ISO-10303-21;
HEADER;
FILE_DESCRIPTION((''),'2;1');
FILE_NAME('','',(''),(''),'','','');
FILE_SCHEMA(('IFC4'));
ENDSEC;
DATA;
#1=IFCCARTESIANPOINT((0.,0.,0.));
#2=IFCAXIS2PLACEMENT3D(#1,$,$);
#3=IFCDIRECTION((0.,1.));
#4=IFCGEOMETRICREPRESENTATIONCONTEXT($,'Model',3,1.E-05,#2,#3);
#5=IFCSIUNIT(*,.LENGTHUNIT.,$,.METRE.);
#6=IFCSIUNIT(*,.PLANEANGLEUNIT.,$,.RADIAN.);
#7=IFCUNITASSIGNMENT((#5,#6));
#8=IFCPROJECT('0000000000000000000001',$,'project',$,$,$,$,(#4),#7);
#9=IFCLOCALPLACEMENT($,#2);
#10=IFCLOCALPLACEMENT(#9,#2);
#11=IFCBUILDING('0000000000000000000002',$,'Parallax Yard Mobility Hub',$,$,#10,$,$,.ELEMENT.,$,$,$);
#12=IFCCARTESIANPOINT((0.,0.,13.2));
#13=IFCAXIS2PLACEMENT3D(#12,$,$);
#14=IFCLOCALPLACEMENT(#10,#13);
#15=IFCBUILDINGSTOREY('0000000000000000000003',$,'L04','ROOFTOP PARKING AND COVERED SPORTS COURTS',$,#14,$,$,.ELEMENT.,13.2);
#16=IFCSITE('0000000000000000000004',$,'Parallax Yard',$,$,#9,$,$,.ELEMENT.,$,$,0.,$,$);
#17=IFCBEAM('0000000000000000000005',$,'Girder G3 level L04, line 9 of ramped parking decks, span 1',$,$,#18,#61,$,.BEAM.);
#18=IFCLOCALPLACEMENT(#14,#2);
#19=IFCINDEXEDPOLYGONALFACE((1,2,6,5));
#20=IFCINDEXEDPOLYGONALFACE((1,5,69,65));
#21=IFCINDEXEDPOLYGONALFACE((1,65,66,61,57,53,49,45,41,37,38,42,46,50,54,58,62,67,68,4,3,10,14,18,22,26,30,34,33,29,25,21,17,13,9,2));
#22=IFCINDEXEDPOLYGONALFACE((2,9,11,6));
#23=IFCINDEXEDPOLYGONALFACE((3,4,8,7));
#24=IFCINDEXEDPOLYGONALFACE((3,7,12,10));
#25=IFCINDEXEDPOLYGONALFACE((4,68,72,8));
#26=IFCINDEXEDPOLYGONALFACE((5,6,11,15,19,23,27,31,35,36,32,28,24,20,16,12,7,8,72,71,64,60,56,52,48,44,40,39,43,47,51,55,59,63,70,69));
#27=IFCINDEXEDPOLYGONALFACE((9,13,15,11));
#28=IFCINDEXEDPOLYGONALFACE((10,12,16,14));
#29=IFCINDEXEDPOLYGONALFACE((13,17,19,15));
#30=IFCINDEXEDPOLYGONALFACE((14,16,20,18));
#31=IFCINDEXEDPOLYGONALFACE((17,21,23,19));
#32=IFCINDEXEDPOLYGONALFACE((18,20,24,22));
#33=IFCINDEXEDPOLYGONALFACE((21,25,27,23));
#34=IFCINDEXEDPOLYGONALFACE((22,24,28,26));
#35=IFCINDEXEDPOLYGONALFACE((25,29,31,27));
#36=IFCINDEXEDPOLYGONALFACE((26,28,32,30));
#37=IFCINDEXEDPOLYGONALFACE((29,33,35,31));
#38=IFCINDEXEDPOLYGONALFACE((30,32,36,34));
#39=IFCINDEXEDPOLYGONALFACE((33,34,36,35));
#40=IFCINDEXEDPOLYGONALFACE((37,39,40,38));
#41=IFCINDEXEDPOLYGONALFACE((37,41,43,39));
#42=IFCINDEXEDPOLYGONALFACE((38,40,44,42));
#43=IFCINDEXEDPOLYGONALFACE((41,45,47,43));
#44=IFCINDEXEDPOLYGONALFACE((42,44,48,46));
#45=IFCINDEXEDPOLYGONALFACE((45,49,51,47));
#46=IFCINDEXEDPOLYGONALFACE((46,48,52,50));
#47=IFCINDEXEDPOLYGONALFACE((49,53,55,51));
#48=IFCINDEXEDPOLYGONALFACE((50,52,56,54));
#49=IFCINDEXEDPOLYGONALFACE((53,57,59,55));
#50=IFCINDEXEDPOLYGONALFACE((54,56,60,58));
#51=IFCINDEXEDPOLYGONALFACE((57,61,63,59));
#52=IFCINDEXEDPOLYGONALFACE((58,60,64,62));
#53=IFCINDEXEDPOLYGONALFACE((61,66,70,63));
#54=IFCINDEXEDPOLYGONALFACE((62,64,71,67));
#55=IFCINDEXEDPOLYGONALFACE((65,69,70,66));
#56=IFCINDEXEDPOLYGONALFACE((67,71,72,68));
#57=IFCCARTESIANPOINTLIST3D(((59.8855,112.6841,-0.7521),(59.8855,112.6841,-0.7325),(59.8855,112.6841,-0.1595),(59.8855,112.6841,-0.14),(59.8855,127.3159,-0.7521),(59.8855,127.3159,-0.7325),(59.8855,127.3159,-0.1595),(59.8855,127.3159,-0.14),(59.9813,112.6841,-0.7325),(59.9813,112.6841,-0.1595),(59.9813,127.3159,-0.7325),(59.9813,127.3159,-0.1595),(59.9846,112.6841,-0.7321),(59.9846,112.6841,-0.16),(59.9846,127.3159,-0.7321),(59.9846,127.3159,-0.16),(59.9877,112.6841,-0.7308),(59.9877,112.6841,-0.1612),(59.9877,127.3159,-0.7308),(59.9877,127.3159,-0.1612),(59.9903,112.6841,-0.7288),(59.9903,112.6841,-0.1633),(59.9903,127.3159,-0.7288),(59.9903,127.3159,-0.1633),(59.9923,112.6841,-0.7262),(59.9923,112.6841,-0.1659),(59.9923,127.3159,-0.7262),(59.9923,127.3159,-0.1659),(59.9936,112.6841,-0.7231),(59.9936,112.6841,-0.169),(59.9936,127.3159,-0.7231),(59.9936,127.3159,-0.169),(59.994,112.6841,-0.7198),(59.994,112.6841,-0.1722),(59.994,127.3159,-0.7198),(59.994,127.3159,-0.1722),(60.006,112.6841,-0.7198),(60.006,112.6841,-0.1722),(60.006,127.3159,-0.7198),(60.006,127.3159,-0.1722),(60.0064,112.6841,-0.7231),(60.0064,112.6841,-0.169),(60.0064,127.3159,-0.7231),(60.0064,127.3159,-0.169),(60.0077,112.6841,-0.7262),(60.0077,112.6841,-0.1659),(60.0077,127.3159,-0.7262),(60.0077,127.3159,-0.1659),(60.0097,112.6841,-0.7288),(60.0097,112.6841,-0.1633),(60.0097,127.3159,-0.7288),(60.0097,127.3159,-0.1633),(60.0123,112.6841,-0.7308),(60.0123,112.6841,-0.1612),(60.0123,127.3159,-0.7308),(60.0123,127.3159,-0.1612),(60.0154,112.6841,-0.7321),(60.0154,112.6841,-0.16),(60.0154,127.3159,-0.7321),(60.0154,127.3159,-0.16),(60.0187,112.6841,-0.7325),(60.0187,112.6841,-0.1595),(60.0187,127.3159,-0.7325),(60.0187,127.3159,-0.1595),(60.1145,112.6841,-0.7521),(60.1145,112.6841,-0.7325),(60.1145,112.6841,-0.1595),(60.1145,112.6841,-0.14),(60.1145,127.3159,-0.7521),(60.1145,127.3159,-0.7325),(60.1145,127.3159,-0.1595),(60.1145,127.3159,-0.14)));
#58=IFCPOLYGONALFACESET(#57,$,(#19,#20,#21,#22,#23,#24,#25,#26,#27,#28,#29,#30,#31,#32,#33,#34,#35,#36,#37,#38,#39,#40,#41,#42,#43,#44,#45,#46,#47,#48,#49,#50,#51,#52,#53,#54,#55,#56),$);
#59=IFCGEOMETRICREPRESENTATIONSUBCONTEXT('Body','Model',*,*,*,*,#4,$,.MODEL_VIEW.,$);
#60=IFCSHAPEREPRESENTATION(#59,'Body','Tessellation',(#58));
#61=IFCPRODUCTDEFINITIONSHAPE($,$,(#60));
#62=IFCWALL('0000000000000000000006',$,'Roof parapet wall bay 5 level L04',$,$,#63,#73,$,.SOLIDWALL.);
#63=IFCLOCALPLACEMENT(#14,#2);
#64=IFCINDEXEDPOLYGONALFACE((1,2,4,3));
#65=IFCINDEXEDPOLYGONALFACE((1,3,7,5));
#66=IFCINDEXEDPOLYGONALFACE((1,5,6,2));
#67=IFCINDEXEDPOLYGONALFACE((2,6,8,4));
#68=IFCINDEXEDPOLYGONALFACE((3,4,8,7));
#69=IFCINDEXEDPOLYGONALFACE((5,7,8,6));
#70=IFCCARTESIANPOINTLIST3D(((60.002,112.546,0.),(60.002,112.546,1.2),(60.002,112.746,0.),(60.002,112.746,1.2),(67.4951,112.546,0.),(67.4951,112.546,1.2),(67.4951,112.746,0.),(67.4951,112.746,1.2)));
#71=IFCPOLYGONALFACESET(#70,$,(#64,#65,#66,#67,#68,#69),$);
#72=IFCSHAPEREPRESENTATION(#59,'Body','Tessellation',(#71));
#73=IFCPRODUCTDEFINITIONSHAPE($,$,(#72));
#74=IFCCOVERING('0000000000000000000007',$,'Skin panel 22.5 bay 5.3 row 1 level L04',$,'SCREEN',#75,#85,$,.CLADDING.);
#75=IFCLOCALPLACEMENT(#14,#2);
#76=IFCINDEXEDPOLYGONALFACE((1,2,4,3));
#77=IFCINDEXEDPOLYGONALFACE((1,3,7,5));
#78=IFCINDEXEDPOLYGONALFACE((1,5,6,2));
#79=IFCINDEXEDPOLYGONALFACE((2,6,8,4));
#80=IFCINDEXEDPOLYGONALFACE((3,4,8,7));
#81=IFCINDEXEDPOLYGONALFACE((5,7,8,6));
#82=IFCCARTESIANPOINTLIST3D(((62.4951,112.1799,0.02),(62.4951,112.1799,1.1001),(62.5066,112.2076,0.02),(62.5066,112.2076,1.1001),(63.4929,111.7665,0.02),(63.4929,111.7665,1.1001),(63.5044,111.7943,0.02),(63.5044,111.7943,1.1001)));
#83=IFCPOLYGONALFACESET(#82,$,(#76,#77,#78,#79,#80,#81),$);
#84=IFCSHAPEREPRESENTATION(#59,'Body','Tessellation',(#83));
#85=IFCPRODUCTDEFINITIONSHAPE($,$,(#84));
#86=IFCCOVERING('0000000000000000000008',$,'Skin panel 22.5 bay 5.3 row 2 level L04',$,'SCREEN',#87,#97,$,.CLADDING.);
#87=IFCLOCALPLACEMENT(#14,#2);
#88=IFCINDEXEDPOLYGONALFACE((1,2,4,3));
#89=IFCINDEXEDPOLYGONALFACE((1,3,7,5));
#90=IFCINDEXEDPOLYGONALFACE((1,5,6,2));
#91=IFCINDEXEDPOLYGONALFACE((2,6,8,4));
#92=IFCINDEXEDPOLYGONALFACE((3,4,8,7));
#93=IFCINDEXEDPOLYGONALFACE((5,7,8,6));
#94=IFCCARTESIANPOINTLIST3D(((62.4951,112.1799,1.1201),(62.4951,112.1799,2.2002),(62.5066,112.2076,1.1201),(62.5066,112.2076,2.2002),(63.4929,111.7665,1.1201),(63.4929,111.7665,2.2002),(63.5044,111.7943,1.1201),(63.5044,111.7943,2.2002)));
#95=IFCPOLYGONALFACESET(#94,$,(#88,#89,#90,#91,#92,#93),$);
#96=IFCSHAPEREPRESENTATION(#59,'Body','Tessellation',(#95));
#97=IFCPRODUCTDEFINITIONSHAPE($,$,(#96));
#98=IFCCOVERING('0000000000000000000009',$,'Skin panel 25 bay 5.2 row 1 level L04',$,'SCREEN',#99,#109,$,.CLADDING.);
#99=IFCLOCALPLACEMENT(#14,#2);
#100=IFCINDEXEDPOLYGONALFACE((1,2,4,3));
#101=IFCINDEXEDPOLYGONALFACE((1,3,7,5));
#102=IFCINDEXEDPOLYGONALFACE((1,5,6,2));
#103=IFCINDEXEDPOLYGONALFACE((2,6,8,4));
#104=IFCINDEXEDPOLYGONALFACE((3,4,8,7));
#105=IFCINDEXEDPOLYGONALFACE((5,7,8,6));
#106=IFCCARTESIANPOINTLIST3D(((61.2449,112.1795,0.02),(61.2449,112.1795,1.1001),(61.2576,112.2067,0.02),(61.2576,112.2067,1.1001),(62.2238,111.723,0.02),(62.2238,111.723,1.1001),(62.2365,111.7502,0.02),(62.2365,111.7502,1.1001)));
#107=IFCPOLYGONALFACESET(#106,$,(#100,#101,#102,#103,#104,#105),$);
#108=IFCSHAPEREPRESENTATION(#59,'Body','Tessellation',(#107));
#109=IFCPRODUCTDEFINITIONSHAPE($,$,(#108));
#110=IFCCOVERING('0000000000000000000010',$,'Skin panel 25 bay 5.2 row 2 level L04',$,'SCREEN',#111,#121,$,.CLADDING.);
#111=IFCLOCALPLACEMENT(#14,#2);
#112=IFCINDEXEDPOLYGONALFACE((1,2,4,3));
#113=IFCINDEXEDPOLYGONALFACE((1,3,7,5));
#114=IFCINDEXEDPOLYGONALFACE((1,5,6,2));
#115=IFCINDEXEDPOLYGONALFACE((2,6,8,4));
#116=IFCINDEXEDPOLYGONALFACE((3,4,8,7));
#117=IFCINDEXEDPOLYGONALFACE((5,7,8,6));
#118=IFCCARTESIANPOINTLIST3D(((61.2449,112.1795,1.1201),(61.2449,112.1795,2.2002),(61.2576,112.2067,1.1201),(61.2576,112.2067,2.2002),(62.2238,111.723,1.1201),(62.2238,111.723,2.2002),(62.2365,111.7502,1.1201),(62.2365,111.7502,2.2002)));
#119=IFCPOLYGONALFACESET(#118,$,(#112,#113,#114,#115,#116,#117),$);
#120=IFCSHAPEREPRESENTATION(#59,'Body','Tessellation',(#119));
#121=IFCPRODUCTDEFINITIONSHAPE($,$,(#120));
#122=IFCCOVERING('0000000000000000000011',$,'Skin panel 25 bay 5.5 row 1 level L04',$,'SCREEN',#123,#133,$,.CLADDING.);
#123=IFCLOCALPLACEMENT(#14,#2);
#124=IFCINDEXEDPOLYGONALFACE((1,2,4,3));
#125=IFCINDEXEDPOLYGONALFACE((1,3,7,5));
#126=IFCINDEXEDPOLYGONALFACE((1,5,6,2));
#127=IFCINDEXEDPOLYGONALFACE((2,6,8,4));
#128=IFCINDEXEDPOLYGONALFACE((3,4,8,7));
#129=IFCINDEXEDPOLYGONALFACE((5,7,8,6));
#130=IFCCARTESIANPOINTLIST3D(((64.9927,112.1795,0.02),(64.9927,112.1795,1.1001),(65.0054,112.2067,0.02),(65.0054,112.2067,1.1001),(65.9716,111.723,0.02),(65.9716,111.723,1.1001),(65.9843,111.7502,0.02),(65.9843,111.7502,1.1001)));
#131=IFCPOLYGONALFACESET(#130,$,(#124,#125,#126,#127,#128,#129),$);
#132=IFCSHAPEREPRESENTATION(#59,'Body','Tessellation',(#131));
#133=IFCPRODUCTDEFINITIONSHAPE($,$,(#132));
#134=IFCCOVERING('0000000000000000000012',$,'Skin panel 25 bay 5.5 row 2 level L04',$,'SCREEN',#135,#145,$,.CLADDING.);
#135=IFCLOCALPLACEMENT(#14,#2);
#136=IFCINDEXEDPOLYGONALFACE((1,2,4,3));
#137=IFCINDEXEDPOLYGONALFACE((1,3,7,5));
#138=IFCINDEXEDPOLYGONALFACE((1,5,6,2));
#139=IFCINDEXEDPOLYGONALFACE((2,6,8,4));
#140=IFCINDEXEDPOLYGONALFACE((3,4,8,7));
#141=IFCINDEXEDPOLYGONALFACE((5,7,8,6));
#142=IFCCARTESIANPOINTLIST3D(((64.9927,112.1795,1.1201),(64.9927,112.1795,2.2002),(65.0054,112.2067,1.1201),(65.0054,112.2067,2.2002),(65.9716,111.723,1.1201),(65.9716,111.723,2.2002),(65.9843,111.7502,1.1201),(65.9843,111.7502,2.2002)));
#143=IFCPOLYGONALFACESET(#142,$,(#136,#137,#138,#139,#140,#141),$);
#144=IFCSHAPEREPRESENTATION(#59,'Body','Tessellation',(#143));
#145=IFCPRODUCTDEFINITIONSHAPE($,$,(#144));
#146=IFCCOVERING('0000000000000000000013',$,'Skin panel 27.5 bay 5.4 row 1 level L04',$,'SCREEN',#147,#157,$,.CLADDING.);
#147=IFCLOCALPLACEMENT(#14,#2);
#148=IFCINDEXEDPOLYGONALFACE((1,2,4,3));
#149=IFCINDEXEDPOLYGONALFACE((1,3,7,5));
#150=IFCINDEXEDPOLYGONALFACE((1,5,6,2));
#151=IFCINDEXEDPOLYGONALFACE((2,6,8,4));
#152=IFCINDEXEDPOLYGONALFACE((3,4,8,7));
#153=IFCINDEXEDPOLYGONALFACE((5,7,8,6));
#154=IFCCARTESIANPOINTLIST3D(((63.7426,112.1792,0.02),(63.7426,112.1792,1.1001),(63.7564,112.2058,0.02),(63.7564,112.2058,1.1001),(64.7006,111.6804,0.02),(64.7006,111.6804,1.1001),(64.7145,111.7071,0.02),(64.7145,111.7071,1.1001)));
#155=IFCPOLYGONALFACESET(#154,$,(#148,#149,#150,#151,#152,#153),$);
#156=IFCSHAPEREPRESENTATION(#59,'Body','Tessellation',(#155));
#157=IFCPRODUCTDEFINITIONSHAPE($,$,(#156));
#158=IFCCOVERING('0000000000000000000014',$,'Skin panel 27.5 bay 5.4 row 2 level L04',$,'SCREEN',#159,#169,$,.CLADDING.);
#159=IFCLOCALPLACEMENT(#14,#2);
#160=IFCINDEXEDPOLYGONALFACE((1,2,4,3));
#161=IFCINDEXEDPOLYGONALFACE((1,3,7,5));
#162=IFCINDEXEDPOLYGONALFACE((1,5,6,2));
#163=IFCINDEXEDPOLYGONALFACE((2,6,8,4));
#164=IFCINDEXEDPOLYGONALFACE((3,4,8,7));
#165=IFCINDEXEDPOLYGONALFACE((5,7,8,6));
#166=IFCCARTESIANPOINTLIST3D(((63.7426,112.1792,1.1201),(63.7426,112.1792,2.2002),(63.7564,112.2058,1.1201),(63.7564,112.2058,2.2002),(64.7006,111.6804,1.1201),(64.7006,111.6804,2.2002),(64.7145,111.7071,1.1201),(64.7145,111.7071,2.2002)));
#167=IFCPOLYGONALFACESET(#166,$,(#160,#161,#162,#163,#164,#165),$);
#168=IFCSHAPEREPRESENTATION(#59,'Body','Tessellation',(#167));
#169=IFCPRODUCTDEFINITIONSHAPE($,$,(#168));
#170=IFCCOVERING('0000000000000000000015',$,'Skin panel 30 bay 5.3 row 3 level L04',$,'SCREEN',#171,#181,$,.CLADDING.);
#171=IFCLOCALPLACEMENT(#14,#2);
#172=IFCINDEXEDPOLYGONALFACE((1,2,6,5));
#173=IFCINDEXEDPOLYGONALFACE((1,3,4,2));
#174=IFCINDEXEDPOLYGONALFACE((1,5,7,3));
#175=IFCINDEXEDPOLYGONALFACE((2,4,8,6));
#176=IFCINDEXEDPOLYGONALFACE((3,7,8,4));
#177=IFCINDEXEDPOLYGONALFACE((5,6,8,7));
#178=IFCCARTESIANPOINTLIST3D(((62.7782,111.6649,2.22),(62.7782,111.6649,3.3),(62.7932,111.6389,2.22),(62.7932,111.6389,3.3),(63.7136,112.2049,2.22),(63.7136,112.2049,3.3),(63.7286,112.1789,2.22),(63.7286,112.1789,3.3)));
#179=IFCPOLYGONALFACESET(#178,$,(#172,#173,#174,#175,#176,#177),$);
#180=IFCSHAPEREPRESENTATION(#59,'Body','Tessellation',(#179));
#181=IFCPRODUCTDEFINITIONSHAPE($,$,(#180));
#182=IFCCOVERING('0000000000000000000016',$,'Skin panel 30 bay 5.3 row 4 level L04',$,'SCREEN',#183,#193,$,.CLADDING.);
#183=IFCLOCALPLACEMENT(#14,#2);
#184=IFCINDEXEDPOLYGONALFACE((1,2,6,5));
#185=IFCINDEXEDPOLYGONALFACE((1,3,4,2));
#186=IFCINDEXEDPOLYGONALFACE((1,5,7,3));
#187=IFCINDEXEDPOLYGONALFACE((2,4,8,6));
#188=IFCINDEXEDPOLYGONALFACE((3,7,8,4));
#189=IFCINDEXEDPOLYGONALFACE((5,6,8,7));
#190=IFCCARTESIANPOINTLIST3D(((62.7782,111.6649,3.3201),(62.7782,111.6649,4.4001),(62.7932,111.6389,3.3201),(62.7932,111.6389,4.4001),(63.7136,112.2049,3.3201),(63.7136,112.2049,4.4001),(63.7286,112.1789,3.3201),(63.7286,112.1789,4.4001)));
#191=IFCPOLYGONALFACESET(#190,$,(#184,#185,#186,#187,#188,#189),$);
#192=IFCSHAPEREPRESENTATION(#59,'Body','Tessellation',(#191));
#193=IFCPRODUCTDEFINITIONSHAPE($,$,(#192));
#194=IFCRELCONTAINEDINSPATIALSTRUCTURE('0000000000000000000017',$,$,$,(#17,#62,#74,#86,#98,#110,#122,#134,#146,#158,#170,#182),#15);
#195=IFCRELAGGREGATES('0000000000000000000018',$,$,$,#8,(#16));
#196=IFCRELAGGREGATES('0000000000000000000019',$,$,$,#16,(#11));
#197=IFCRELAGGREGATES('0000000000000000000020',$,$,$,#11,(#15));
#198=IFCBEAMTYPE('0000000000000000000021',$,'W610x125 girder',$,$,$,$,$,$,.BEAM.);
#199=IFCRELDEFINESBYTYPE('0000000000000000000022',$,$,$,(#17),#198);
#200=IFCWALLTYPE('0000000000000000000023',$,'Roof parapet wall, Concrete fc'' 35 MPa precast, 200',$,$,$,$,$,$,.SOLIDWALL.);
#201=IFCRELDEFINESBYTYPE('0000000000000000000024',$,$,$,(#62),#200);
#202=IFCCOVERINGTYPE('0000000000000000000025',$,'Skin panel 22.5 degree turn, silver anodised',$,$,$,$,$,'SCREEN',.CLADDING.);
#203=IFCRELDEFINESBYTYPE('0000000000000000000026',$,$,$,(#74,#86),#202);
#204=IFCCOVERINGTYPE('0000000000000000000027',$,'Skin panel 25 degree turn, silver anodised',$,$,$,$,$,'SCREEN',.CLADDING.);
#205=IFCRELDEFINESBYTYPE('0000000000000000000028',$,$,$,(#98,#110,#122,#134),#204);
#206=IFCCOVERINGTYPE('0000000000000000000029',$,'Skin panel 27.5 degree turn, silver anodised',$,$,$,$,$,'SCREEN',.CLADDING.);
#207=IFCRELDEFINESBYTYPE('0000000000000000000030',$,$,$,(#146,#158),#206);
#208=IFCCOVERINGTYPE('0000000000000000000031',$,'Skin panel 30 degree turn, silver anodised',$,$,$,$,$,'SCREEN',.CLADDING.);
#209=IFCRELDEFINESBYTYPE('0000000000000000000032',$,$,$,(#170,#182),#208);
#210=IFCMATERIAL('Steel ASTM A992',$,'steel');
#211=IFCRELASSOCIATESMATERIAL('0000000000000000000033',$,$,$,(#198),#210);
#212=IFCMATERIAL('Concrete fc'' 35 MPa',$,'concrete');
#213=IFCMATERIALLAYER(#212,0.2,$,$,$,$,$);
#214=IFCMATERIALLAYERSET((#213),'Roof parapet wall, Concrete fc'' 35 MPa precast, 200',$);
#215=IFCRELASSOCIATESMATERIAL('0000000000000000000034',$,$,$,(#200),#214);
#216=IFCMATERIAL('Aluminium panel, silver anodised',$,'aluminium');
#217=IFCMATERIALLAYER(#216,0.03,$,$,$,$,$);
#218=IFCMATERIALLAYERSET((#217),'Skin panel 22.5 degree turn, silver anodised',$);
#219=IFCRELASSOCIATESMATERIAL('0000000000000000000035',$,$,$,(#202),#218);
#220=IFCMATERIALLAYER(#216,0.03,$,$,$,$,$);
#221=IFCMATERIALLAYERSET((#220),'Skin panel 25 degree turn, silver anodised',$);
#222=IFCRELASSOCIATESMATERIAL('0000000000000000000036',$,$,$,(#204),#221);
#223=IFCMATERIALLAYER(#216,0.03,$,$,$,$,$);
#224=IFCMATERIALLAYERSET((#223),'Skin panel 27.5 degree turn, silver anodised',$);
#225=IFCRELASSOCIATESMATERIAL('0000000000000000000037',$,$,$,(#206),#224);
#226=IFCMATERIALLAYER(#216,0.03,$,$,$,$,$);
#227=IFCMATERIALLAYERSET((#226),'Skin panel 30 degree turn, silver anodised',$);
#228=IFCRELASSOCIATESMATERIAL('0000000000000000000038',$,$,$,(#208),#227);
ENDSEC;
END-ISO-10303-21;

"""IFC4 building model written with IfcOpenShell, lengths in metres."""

from ifc_helpers import new_model, si_unit, direction, frame, frame_2d, origin, origin_2d, place, context, subcontext, project, spatial, rectangle, i_section, extrude, material, layer, layer_set, material_profile, profile_set, type_object, element, save


model = new_model("IFC4")

# Units and contexts
model_context = context("Model", 3, precision=1e-05, world=origin(), true_north=direction((0.0, 1.0)))
body_context = subcontext(model_context, "Body", "Model", "MODEL_VIEW")
ifc_project = project(units=[si_unit("LENGTHUNIT", "METRE"), si_unit("PLANEANGLEUNIT", "RADIAN")], contexts=[model_context])

# Site, building, storey
site_placement = place(None, origin())
site = spatial("IfcSite", under=ifc_project, at=site_placement, Name="Parallax Yard", CompositionType="ELEMENT", RefElevation=0.0)
building_placement = place(site_placement, origin())
building = spatial("IfcBuilding", under=site, at=building_placement, Name="Parallax Yard Mobility Hub", CompositionType="ELEMENT")
storey_placement = place(building_placement, frame((0.0, 0.0, 13.2)))
storey = spatial("IfcBuildingStorey", under=building, at=storey_placement, Name="L04", Description="ROOFTOP PARKING AND COVERED SPORTS COURTS", CompositionType="ELEMENT", Elevation=13.2)

# Shared definitions
ifc_material_1 = material(Name="Steel ASTM A992", Category="steel")

# Beam
ifc_material_profile_1 = material_profile(ifc_material_1, i_section(OverallWidth=0.229, OverallDepth=0.6121, WebThickness=0.012, FlangeThickness=0.0195, FilletRadius=0.0127, at=origin_2d()), Name="W610x125")
ifc_profile_set_1 = profile_set([ifc_material_profile_1], Name="Steel ASTM A992")
beam_type_1 = type_object("IfcBeamType", Name="W610x125 girder", PredefinedType="BEAM", material=ifc_profile_set_1)
beam_1_placement = place(storey_placement, frame((60.0, 112.6841, -0.446), z_axis=(0.0, 1.0, 0.0), x_axis=(-1.0, 0.0, 0.0)))
element("IfcBeam", 1, at=beam_1_placement, inside=storey, type_object=beam_type_1, Name="Girder G3 level L04, line 9 of ramped parking decks, span 1", PredefinedType="BEAM", context=body_context, shape_type="SweptSolid", body=[
    extrude(i_section(OverallWidth=0.229, OverallDepth=0.6121, WebThickness=0.012, FlangeThickness=0.0195, FilletRadius=0.0127, at=origin_2d()), origin(), (0.0, 0.0, 1.0), 14.6318),
])

# Wall
ifc_material_2 = material(Name="Concrete fc' 35 MPa", Category="concrete")
ifc_layer_1 = layer(ifc_material_2, 0.2)
ifc_layer_set_1 = layer_set([ifc_layer_1], Name="Roof parapet wall, Concrete fc' 35 MPa precast, 200")
wall_type = type_object("IfcWallType", Name="Roof parapet wall, Concrete fc' 35 MPa precast, 200", PredefinedType="SOLIDWALL", material=ifc_layer_set_1)
wall_placement = place(storey_placement, frame((60.002, 112.646, 0.0), z_axis=(0.0, 0.0, 1.0), x_axis=(1.0, 0.0, 0.0)))
element("IfcWall", 2, at=wall_placement, inside=storey, type_object=wall_type, Name="Roof parapet wall bay 5 level L04", PredefinedType="SOLIDWALL", context=body_context, shape_type="SweptSolid", body=[
    extrude(rectangle(XDim=7.4932, YDim=0.2, at=frame_2d((3.7466, 0.0))), origin(), (0.0, 0.0, 1.0), 1.2),
])

# Coverings
ifc_material_3 = material(Name="Aluminium panel, silver anodised", Category="aluminium")
ifc_layer_2 = layer(ifc_material_3, 0.03)
ifc_layer_set_2 = layer_set([ifc_layer_2], Name="Skin panel 22.5 degree turn, silver anodised")
covering_type_1 = type_object("IfcCoveringType", Name="Skin panel 22.5 degree turn, silver anodised", ElementType="SCREEN", PredefinedType="CLADDING", material=ifc_layer_set_2)
for number, where, z_axis, x_axis, name in (
    (3, (62.9998, 111.9871, 0.02), (0.0, 0.0, 1.0), (0.92388, -0.382683, 0.0), "Skin panel 22.5 bay 5.3 row 1 level L04"),
    (4, (62.9998, 111.9871, 1.1201), (0.0, 0.0, 1.0), (0.92388, -0.382683, 0.0), "Skin panel 22.5 bay 5.3 row 2 level L04"),
):
    element("IfcCovering", number, at=place(storey_placement, frame(where, z_axis=z_axis, x_axis=x_axis)), inside=storey, type_object=covering_type_1, Name=name, ObjectType="SCREEN", PredefinedType="CLADDING", context=body_context, shape_type="SweptSolid", body=[
        extrude(rectangle(XDim=1.0801, YDim=0.03, at=origin_2d()), origin(), (0.0, 0.0, 1.0), 1.0801),
    ])
ifc_layer_3 = layer(ifc_material_3, 0.03)
ifc_layer_set_3 = layer_set([ifc_layer_3], Name="Skin panel 25 degree turn, silver anodised")
covering_type_2 = type_object("IfcCoveringType", Name="Skin panel 25 degree turn, silver anodised", ElementType="SCREEN", PredefinedType="CLADDING", material=ifc_layer_set_3)
for number, where, z_axis, x_axis, name in (
    (5, (61.7407, 111.9648, 0.02), (0.0, 0.0, 1.0), (0.906308, -0.422618, 0.0), "Skin panel 25 bay 5.2 row 1 level L04"),
    (6, (61.7407, 111.9648, 1.1201), (0.0, 0.0, 1.0), (0.906308, -0.422618, 0.0), "Skin panel 25 bay 5.2 row 2 level L04"),
    (7, (65.4885, 111.9648, 0.02), (0.0, 0.0, 1.0), (0.906308, -0.422618, 0.0), "Skin panel 25 bay 5.5 row 1 level L04"),
    (8, (65.4885, 111.9648, 1.1201), (0.0, 0.0, 1.0), (0.906308, -0.422618, 0.0), "Skin panel 25 bay 5.5 row 2 level L04"),
):
    element("IfcCovering", number, at=place(storey_placement, frame(where, z_axis=z_axis, x_axis=x_axis)), inside=storey, type_object=covering_type_2, Name=name, ObjectType="SCREEN", PredefinedType="CLADDING", context=body_context, shape_type="SweptSolid", body=[
        extrude(rectangle(XDim=1.0801, YDim=0.03, at=origin_2d()), origin(), (0.0, 0.0, 1.0), 1.0801),
    ])
ifc_layer_4 = layer(ifc_material_3, 0.03)
ifc_layer_set_4 = layer_set([ifc_layer_4], Name="Skin panel 27.5 degree turn, silver anodised")
covering_type_3 = type_object("IfcCoveringType", Name="Skin panel 27.5 degree turn, silver anodised", ElementType="SCREEN", PredefinedType="CLADDING", material=ifc_layer_set_4)
for number, where, z_axis, x_axis, name in (
    (9, (64.2285, 111.9431, 0.02), (0.0, 0.0, 1.0), (0.887011, -0.461749, 0.0), "Skin panel 27.5 bay 5.4 row 1 level L04"),
    (10, (64.2285, 111.9431, 1.1201), (0.0, 0.0, 1.0), (0.887011, -0.461749, 0.0), "Skin panel 27.5 bay 5.4 row 2 level L04"),
):
    element("IfcCovering", number, at=place(storey_placement, frame(where, z_axis=z_axis, x_axis=x_axis)), inside=storey, type_object=covering_type_3, Name=name, ObjectType="SCREEN", PredefinedType="CLADDING", context=body_context, shape_type="SweptSolid", body=[
        extrude(rectangle(XDim=1.0801, YDim=0.03, at=origin_2d()), origin(), (0.0, 0.0, 1.0), 1.0801),
    ])
ifc_layer_5 = layer(ifc_material_3, 0.03)
ifc_layer_set_5 = layer_set([ifc_layer_5], Name="Skin panel 30 degree turn, silver anodised")
covering_type_4 = type_object("IfcCoveringType", Name="Skin panel 30 degree turn, silver anodised", ElementType="SCREEN", PredefinedType="CLADDING", material=ifc_layer_set_5)
for number, where, z_axis, x_axis, name in (
    (11, (63.2534, 111.9219, 2.22), (0.0, 0.0, 1.0), (-0.866025, -0.5, 0.0), "Skin panel 30 bay 5.3 row 3 level L04"),
    (12, (63.2534, 111.9219, 3.3201), (0.0, 0.0, 1.0), (-0.866025, -0.5, 0.0), "Skin panel 30 bay 5.3 row 4 level L04"),
):
    element("IfcCovering", number, at=place(storey_placement, frame(where, z_axis=z_axis, x_axis=x_axis)), inside=storey, type_object=covering_type_4, Name=name, ObjectType="SCREEN", PredefinedType="CLADDING", context=body_context, shape_type="SweptSolid", body=[
        extrude(rectangle(XDim=1.0801, YDim=0.03, at=origin_2d()), origin(), (0.0, 0.0, 1.0), 1.0801),
    ])

save(model, "model.ifc")
